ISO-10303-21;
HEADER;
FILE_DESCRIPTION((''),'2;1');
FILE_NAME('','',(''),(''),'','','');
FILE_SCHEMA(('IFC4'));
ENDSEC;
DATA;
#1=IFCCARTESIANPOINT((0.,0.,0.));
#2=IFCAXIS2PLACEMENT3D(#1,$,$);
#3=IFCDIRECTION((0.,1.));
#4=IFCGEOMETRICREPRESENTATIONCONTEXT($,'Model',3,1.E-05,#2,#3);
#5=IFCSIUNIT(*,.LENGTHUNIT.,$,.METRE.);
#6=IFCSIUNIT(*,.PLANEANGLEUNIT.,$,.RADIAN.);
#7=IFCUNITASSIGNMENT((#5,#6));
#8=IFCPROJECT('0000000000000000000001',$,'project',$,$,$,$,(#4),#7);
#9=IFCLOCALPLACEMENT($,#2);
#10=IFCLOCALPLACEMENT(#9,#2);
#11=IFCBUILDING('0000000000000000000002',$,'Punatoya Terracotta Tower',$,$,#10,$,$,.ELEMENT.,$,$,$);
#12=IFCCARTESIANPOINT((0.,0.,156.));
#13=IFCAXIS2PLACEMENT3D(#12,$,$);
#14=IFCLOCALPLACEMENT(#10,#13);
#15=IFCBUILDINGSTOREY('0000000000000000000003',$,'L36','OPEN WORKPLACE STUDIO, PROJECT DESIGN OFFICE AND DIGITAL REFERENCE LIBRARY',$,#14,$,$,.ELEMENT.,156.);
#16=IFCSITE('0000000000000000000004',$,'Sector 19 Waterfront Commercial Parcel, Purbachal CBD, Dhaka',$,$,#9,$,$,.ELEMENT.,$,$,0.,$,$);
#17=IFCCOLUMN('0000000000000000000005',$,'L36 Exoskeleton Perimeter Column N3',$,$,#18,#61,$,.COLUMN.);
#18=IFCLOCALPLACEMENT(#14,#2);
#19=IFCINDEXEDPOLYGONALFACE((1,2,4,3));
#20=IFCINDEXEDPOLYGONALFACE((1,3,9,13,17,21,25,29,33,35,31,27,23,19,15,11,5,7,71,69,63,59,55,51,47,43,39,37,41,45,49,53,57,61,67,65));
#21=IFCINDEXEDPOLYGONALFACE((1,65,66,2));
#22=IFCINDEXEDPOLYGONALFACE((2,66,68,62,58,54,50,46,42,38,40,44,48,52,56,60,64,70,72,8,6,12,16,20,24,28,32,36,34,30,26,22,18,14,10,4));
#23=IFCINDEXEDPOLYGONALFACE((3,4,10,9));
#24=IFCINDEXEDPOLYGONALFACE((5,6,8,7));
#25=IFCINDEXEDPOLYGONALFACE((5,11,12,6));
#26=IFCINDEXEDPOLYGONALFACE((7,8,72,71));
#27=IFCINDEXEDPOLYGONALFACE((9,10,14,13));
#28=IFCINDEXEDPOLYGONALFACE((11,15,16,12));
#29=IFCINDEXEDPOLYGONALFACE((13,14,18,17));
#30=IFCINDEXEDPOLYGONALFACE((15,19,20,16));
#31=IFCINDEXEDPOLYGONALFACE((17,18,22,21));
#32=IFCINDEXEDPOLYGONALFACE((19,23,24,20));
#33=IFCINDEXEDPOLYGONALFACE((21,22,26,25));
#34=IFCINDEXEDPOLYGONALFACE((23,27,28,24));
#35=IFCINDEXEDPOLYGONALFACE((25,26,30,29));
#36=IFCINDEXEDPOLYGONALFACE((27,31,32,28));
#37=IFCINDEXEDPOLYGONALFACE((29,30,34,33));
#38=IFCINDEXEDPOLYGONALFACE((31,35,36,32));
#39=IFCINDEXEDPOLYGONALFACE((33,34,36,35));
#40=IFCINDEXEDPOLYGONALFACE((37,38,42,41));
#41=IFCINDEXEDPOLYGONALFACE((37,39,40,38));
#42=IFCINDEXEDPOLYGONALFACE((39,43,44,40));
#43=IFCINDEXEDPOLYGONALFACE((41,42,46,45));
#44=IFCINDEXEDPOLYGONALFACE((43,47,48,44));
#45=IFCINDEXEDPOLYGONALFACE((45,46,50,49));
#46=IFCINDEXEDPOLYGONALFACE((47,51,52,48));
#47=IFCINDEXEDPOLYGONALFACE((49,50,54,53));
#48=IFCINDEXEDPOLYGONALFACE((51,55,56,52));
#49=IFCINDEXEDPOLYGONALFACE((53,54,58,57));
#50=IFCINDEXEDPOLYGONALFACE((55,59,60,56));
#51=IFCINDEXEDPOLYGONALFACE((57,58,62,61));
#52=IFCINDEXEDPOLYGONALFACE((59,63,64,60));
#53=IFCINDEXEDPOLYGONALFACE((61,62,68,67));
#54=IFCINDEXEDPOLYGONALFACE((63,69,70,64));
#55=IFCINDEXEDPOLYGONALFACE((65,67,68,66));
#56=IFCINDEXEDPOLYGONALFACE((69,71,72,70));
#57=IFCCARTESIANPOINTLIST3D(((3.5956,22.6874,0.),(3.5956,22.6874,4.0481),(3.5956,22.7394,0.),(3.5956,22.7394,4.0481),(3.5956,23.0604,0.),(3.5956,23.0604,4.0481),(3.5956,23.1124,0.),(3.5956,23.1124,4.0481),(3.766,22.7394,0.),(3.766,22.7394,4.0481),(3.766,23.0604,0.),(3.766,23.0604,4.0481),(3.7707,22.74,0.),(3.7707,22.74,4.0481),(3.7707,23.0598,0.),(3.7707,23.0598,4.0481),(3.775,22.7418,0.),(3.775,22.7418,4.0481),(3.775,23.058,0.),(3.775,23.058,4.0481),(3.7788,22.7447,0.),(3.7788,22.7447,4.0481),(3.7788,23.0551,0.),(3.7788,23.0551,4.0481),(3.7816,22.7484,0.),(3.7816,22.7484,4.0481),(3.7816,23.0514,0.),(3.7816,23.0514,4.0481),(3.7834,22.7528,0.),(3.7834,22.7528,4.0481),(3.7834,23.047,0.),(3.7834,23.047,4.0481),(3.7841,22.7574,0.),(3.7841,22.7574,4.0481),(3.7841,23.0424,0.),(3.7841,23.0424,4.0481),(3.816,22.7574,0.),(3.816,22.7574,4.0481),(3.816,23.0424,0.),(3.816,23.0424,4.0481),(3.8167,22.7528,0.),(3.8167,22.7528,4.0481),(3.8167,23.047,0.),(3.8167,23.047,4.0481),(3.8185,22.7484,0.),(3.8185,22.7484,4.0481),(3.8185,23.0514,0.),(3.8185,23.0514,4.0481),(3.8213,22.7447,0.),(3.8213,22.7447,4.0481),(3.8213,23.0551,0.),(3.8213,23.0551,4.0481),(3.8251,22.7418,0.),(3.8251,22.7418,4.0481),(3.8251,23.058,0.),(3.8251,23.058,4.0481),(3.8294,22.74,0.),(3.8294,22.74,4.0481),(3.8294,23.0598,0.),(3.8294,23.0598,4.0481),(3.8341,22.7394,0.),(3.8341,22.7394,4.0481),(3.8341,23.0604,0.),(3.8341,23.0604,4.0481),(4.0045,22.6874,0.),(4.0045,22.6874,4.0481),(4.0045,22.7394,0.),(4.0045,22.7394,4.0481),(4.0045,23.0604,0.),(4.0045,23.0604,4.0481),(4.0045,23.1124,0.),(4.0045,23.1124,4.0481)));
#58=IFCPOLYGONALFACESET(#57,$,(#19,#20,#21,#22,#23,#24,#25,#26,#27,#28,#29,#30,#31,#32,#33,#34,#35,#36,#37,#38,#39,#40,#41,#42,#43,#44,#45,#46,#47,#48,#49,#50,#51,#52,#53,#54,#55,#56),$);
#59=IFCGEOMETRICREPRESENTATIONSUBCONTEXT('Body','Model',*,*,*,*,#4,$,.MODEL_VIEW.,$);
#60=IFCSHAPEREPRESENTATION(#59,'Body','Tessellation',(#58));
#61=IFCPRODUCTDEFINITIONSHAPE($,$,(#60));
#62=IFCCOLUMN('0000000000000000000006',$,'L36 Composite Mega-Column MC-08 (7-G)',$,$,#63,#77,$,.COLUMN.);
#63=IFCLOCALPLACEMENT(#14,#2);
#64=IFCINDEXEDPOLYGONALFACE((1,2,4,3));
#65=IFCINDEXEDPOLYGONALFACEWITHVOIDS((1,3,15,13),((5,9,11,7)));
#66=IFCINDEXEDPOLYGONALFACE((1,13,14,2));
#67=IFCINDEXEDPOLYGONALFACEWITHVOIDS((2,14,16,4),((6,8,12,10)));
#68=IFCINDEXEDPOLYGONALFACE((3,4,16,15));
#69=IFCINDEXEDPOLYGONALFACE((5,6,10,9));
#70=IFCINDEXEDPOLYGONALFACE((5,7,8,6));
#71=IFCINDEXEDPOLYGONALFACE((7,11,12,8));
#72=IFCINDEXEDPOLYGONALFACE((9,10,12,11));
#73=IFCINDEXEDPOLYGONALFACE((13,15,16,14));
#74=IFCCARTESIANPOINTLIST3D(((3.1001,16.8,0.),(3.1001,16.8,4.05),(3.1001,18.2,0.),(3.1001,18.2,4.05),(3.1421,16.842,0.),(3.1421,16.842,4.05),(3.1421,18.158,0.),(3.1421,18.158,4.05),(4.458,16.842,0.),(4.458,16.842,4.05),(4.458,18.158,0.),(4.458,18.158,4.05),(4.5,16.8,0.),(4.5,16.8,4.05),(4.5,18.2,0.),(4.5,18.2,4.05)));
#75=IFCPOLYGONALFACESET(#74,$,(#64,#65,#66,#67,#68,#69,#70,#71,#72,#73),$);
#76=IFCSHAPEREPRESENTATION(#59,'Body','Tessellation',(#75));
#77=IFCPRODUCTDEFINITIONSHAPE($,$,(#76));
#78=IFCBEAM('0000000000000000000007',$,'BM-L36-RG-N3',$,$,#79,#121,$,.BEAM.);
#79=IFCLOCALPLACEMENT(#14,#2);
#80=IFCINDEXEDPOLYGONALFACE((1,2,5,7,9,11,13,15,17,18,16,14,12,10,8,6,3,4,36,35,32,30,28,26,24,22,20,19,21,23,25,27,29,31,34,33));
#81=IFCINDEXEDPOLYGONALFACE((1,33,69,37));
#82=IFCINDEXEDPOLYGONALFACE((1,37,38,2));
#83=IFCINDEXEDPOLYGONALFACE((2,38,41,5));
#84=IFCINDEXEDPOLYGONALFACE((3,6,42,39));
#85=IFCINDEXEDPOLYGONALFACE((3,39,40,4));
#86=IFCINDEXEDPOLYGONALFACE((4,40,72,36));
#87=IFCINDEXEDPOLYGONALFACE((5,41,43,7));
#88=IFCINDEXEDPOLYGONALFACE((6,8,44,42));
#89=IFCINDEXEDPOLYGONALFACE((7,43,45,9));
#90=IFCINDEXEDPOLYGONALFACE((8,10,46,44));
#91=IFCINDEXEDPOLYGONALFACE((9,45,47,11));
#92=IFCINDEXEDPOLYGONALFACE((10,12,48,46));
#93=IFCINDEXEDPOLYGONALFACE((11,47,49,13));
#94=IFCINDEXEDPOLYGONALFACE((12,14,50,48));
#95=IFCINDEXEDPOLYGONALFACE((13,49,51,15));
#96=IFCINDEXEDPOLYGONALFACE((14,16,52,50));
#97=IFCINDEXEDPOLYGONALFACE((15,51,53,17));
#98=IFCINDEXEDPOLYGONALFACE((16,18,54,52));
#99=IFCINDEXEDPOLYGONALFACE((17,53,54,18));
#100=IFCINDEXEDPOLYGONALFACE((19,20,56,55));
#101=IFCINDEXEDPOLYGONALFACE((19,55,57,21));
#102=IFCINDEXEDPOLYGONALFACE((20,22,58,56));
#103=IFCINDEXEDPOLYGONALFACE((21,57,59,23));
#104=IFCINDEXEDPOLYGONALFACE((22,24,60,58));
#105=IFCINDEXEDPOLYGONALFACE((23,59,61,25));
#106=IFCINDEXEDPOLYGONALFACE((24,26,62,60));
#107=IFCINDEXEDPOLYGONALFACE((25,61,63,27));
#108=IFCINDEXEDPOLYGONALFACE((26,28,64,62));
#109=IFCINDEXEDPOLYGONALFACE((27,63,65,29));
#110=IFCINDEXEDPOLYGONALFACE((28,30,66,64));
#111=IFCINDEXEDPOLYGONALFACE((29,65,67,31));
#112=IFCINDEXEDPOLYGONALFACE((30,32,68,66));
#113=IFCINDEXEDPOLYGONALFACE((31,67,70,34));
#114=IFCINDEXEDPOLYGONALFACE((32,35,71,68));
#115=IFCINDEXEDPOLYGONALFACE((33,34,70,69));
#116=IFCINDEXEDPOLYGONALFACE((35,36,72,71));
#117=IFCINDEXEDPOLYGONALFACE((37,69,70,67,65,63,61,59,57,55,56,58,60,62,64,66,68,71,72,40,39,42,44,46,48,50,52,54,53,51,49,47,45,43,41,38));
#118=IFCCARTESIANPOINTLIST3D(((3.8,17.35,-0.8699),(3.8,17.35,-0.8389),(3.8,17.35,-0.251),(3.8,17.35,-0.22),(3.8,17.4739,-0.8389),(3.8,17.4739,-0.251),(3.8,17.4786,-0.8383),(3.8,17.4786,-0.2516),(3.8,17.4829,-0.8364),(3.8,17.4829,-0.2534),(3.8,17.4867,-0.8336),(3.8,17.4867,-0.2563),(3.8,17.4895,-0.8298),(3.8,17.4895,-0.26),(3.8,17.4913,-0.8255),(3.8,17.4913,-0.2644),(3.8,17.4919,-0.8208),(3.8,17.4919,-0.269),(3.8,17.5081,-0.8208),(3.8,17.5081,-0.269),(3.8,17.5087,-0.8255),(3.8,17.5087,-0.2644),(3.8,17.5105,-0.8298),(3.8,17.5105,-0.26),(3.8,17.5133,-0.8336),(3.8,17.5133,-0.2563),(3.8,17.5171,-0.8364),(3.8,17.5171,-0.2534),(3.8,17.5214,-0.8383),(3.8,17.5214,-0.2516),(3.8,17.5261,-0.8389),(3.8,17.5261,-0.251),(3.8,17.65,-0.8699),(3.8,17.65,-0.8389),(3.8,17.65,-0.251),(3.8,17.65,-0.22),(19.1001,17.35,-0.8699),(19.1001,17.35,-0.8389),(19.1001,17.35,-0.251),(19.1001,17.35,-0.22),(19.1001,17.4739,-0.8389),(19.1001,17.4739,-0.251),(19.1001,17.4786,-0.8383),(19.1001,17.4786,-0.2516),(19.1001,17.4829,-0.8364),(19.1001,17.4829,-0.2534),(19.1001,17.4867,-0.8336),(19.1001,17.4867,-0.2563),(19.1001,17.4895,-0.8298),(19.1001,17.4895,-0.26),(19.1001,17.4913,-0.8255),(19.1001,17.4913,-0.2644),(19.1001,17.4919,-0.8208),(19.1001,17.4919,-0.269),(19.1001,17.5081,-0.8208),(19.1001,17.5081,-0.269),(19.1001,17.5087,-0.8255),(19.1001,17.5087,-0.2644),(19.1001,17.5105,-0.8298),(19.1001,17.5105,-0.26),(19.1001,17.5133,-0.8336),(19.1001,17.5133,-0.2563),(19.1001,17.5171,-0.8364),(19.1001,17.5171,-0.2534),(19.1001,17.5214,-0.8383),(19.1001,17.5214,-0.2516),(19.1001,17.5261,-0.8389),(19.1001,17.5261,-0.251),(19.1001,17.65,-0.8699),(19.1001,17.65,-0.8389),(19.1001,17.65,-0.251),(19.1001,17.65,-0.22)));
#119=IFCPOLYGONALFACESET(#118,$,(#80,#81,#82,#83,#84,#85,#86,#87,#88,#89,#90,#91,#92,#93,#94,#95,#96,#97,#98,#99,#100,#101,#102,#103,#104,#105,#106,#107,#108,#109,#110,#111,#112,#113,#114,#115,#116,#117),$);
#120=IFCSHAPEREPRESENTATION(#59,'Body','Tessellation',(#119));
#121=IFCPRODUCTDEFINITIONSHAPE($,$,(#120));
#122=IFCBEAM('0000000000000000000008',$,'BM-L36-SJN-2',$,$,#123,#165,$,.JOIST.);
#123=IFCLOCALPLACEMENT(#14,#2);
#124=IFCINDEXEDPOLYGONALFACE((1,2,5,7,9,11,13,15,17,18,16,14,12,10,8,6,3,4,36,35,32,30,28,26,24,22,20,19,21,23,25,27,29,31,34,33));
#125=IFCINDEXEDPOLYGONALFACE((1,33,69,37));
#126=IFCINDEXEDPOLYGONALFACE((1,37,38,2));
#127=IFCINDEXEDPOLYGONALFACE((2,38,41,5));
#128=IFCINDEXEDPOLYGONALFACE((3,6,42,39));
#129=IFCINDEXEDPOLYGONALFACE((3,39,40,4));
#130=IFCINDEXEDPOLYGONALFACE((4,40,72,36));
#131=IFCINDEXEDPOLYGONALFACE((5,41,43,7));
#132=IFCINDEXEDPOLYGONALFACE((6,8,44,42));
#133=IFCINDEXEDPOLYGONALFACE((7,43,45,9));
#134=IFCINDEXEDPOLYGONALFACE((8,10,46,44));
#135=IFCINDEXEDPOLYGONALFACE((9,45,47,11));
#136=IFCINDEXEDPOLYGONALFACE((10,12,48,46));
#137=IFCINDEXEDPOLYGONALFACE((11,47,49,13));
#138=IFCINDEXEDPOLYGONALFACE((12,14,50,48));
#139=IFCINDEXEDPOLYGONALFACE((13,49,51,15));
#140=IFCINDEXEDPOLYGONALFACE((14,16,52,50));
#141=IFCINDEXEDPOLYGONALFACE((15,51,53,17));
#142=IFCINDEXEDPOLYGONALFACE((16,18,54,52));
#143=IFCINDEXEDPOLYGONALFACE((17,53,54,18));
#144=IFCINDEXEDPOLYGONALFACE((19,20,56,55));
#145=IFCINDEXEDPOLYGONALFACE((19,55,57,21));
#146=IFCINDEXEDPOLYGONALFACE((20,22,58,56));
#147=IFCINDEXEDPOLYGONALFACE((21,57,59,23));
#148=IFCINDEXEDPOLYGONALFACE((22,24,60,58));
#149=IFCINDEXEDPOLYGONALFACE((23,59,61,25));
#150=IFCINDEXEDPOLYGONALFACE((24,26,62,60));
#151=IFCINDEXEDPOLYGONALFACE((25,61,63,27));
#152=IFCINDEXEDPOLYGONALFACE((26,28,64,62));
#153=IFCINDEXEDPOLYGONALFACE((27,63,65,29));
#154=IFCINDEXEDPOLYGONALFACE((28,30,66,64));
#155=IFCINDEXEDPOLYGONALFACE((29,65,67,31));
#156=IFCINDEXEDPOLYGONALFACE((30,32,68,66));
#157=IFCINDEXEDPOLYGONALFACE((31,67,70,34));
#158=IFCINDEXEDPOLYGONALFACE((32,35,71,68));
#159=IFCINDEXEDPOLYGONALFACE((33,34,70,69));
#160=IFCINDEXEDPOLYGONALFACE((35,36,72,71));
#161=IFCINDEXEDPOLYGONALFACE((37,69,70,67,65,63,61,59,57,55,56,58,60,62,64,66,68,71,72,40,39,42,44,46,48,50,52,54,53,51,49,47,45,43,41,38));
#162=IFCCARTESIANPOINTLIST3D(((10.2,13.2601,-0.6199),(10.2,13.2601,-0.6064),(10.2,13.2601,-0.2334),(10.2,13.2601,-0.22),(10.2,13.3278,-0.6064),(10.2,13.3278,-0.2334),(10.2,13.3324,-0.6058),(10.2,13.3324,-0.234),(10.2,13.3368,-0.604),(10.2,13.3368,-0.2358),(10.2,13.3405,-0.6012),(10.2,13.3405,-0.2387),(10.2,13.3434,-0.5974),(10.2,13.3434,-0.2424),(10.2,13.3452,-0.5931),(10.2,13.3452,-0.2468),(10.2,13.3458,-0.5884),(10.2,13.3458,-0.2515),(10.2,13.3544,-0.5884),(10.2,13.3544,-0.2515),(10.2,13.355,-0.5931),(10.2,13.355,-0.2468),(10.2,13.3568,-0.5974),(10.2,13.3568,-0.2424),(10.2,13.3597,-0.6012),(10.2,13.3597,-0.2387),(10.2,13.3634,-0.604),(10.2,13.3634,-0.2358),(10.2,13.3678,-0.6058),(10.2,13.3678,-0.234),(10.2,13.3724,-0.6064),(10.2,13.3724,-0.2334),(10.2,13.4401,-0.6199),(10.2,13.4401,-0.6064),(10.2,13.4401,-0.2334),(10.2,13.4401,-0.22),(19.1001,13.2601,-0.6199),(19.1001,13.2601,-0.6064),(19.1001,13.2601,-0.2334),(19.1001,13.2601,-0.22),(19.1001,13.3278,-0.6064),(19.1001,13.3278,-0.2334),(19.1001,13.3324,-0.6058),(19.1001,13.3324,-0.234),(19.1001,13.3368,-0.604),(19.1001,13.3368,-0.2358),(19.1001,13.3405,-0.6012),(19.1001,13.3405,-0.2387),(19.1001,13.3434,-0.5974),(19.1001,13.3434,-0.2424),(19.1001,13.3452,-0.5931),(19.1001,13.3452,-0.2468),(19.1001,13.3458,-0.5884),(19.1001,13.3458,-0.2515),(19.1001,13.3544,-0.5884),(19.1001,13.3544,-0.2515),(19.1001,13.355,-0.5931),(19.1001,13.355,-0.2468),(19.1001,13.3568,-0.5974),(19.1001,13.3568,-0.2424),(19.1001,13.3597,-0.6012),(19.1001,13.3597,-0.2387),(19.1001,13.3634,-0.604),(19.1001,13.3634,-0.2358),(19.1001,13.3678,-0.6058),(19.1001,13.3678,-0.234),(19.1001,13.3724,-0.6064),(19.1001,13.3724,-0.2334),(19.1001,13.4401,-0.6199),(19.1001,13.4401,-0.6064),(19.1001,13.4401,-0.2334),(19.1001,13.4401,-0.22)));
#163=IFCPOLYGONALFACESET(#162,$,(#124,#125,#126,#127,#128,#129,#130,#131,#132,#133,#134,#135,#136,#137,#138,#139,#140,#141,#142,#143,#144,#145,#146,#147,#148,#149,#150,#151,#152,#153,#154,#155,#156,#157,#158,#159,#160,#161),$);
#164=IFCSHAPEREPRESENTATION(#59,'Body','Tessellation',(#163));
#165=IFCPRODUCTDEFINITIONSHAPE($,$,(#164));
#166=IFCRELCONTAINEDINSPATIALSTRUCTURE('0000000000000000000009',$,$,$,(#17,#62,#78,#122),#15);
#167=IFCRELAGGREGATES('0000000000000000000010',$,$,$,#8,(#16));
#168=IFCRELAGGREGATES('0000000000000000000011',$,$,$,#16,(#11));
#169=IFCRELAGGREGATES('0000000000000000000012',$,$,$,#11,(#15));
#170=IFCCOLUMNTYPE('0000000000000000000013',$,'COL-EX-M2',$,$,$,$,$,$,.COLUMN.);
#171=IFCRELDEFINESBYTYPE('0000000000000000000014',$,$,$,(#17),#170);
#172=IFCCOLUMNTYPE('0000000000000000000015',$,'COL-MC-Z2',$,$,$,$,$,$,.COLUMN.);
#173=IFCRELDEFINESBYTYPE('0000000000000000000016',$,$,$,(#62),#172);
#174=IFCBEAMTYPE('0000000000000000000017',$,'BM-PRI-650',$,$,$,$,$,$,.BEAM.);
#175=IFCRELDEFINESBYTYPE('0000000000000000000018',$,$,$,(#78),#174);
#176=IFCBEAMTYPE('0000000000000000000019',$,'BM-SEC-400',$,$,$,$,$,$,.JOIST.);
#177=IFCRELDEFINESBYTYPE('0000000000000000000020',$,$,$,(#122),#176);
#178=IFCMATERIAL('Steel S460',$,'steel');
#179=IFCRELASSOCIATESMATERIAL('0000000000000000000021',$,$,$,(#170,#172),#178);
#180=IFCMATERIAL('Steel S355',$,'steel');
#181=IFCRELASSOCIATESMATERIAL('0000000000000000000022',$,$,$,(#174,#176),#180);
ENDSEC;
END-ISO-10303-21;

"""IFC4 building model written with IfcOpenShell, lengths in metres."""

from ifc_helpers import new_model, si_unit, direction, frame, origin, origin_2d, place, context, subcontext, project, spatial, hollow_rectangle, i_section, extrude, material, material_profile, profile_set, type_object, element, save


model = new_model("IFC4")

# Units and contexts
model_context = context("Model", 3, precision=1e-05, world=origin(), true_north=direction((0.0, 1.0)))
body_context = subcontext(model_context, "Body", "Model", "MODEL_VIEW")
ifc_project = project(units=[si_unit("LENGTHUNIT", "METRE"), si_unit("PLANEANGLEUNIT", "RADIAN")], contexts=[model_context])

# Site, building, storey
site_placement = place(None, origin())
site = spatial("IfcSite", under=ifc_project, at=site_placement, Name="Sector 19 Waterfront Commercial Parcel, Purbachal CBD, Dhaka", CompositionType="ELEMENT", RefElevation=0.0)
building_placement = place(site_placement, origin())
building = spatial("IfcBuilding", under=site, at=building_placement, Name="Punatoya Terracotta Tower", CompositionType="ELEMENT")
storey_placement = place(building_placement, frame((0.0, 0.0, 156.0)))
storey = spatial("IfcBuildingStorey", under=building, at=storey_placement, Name="L36", Description="OPEN WORKPLACE STUDIO, PROJECT DESIGN OFFICE AND DIGITAL REFERENCE LIBRARY", CompositionType="ELEMENT", Elevation=156.0)

# Columns
ifc_material_1 = material(Name="Steel S460", Category="steel")
ifc_material_profile_1 = material_profile(ifc_material_1, i_section(OverallWidth=0.4089, OverallDepth=0.425, WebThickness=0.032, FlangeThickness=0.052, FilletRadius=0.0181, at=origin_2d()))
ifc_profile_set_1 = profile_set([ifc_material_profile_1], Name="Steel S460")
column_type_1 = type_object("IfcColumnType", Name="COL-EX-M2", PredefinedType="COLUMN", material=ifc_profile_set_1)
column_1_placement = place(storey_placement, frame((3.8, 22.8999, 0.0), z_axis=(0.0, 0.0, 1.0), x_axis=(1.0, 0.0, 0.0)))
element("IfcColumn", 1, at=column_1_placement, inside=storey, type_object=column_type_1, Name="L36 Exoskeleton Perimeter Column N3", PredefinedType="COLUMN", context=body_context, shape_type="SweptSolid", body=[
    extrude(i_section(OverallWidth=0.4089, OverallDepth=0.425, WebThickness=0.032, FlangeThickness=0.052, FilletRadius=0.0181, at=origin_2d()), origin(), (0.0, 0.0, 1.0), 4.0481),
])
ifc_material_profile_2 = material_profile(ifc_material_1, hollow_rectangle(XDim=1.3999, YDim=1.3999, WallThickness=0.042, at=origin_2d()))
ifc_profile_set_2 = profile_set([ifc_material_profile_2], Name="Steel S460")
column_type_2 = type_object("IfcColumnType", Name="COL-MC-Z2", PredefinedType="COLUMN", material=ifc_profile_set_2)
column_2_placement = place(storey_placement, frame((3.8, 17.5, 0.0), z_axis=(0.0, 0.0, 1.0), x_axis=(1.0, 0.0, 0.0)))
element("IfcColumn", 2, at=column_2_placement, inside=storey, type_object=column_type_2, Name="L36 Composite Mega-Column MC-08 (7-G)", PredefinedType="COLUMN", context=body_context, shape_type="SweptSolid", body=[
    extrude(hollow_rectangle(XDim=1.3999, YDim=1.3999, WallThickness=0.042, at=origin_2d()), origin(), (0.0, 0.0, 1.0), 4.05),
])

# Beams
ifc_material_2 = material(Name="Steel S355", Category="steel")
ifc_material_profile_3 = material_profile(ifc_material_2, i_section(OverallWidth=0.3, OverallDepth=0.6499, WebThickness=0.0161, FlangeThickness=0.031, FilletRadius=0.0181, at=origin_2d()))
ifc_profile_set_3 = profile_set([ifc_material_profile_3], Name="Steel S355")
beam_type_1 = type_object("IfcBeamType", Name="BM-PRI-650", PredefinedType="BEAM", material=ifc_profile_set_3)
beam_1_placement = place(storey_placement, frame((3.8, 17.5, -0.5449), z_axis=(1.0, 0.0, 0.0), x_axis=(0.0, 1.0, 0.0)))
element("IfcBeam", 3, at=beam_1_placement, inside=storey, type_object=beam_type_1, Name="BM-L36-RG-N3", PredefinedType="BEAM", context=body_context, shape_type="SweptSolid", body=[
    extrude(i_section(OverallWidth=0.3, OverallDepth=0.6499, WebThickness=0.0161, FlangeThickness=0.031, FilletRadius=0.0181, at=origin_2d()), origin(), (0.0, 0.0, 1.0), 15.3),
])
ifc_material_profile_4 = material_profile(ifc_material_2, i_section(OverallWidth=0.1799, OverallDepth=0.3999, WebThickness=0.0085, FlangeThickness=0.0134, FilletRadius=0.0181, at=origin_2d()))
ifc_profile_set_4 = profile_set([ifc_material_profile_4], Name="Steel S355")
beam_type_2 = type_object("IfcBeamType", Name="BM-SEC-400", PredefinedType="JOIST", material=ifc_profile_set_4)
beam_2_placement = place(storey_placement, frame((10.2, 13.3501, -0.4199), z_axis=(1.0, 0.0, 0.0), x_axis=(0.0, 1.0, 0.0)))
element("IfcBeam", 4, at=beam_2_placement, inside=storey, type_object=beam_type_2, Name="BM-L36-SJN-2", PredefinedType="JOIST", context=body_context, shape_type="SweptSolid", body=[
    extrude(i_section(OverallWidth=0.1799, OverallDepth=0.3999, WebThickness=0.0085, FlangeThickness=0.0134, FilletRadius=0.0181, at=origin_2d()), origin(), (0.0, 0.0, 1.0), 8.9001),
])

save(model, "model.ifc")
